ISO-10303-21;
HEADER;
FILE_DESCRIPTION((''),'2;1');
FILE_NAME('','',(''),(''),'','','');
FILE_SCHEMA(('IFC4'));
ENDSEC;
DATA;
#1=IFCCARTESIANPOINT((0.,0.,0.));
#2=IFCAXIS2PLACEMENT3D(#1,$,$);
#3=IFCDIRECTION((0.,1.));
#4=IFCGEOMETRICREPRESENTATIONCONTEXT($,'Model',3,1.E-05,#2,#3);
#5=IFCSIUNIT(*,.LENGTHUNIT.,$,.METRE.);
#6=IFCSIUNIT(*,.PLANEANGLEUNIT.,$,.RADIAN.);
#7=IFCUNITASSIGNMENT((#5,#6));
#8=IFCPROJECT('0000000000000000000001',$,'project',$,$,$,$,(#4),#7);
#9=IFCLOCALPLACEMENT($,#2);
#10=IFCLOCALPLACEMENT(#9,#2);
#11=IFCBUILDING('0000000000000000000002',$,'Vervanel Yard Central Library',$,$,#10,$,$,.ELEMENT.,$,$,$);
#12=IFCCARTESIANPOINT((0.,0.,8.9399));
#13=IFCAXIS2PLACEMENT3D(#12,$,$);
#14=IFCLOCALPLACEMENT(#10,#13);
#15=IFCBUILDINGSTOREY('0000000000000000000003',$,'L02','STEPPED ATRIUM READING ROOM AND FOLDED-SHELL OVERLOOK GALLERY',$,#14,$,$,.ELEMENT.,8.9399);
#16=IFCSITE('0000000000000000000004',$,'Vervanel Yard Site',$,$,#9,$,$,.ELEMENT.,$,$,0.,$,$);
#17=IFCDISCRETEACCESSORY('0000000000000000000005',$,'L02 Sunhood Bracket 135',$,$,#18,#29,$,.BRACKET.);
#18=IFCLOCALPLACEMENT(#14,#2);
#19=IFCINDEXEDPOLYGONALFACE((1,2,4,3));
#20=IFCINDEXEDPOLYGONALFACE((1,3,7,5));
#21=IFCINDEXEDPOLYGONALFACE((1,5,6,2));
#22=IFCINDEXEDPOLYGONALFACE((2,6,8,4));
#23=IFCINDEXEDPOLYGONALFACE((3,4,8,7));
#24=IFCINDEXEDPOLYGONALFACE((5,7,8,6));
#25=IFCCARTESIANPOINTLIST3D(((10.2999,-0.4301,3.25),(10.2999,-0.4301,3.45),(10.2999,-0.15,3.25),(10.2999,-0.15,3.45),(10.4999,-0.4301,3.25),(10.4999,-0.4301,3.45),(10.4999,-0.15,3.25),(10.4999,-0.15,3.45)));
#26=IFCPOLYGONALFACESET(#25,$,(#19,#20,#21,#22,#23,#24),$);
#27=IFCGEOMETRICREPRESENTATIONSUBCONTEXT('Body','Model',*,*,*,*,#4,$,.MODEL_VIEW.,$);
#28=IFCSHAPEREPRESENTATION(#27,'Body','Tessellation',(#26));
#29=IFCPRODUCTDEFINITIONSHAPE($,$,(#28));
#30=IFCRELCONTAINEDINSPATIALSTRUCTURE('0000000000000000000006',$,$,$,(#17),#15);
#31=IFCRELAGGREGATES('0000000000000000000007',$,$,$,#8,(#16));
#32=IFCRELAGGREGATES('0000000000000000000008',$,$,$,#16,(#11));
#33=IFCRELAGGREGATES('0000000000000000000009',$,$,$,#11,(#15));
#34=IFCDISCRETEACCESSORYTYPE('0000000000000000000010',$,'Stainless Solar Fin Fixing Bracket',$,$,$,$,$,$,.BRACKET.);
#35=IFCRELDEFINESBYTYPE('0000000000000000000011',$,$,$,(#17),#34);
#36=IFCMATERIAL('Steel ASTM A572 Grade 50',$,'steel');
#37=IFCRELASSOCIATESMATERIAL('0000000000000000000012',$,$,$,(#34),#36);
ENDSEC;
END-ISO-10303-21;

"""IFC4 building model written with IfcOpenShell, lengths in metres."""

from ifc_helpers import new_model, si_unit, direction, frame, origin, origin_2d, place, context, subcontext, project, spatial, rectangle, extrude, material, type_object, element, save


model = new_model("IFC4")

# Units and contexts
model_context = context("Model", 3, precision=1e-05, world=origin(), true_north=direction((0.0, 1.0)))
body_context = subcontext(model_context, "Body", "Model", "MODEL_VIEW")
ifc_project = project(units=[si_unit("LENGTHUNIT", "METRE"), si_unit("PLANEANGLEUNIT", "RADIAN")], contexts=[model_context])

# Site, building, storey
site_placement = place(None, origin())
site = spatial("IfcSite", under=ifc_project, at=site_placement, Name="Vervanel Yard Site", CompositionType="ELEMENT", RefElevation=0.0)
building_placement = place(site_placement, origin())
building = spatial("IfcBuilding", under=site, at=building_placement, Name="Vervanel Yard Central Library", CompositionType="ELEMENT")
storey_placement = place(building_placement, frame((0.0, 0.0, 8.9399)))
storey = spatial("IfcBuildingStorey", under=building, at=storey_placement, Name="L02", Description="STEPPED ATRIUM READING ROOM AND FOLDED-SHELL OVERLOOK GALLERY", CompositionType="ELEMENT", Elevation=8.9399)

# Discrete accessory
ifc_material_1 = material(Name="Steel ASTM A572 Grade 50", Category="steel")
discrete_accessory_type = type_object("IfcDiscreteAccessoryType", Name="Stainless Solar Fin Fixing Bracket", PredefinedType="BRACKET", material=ifc_material_1)
for number, where, z_axis, x_axis, name in (
    (1, (10.3999, -0.29, 3.25), (0.0, 0.0, 1.0), (1.0, 0.0, 0.0), "L02 Sunhood Bracket 135"),
):
    element("IfcDiscreteAccessory", number, at=place(storey_placement, frame(where, z_axis=z_axis, x_axis=x_axis)), inside=storey, type_object=discrete_accessory_type, Name=name, PredefinedType="BRACKET", context=body_context, shape_type="SweptSolid", body=[
        extrude(rectangle(XDim=0.2, YDim=0.28, at=origin_2d()), origin(), (0.0, 0.0, 1.0), 0.2),
    ])

save(model, "model.ifc")
